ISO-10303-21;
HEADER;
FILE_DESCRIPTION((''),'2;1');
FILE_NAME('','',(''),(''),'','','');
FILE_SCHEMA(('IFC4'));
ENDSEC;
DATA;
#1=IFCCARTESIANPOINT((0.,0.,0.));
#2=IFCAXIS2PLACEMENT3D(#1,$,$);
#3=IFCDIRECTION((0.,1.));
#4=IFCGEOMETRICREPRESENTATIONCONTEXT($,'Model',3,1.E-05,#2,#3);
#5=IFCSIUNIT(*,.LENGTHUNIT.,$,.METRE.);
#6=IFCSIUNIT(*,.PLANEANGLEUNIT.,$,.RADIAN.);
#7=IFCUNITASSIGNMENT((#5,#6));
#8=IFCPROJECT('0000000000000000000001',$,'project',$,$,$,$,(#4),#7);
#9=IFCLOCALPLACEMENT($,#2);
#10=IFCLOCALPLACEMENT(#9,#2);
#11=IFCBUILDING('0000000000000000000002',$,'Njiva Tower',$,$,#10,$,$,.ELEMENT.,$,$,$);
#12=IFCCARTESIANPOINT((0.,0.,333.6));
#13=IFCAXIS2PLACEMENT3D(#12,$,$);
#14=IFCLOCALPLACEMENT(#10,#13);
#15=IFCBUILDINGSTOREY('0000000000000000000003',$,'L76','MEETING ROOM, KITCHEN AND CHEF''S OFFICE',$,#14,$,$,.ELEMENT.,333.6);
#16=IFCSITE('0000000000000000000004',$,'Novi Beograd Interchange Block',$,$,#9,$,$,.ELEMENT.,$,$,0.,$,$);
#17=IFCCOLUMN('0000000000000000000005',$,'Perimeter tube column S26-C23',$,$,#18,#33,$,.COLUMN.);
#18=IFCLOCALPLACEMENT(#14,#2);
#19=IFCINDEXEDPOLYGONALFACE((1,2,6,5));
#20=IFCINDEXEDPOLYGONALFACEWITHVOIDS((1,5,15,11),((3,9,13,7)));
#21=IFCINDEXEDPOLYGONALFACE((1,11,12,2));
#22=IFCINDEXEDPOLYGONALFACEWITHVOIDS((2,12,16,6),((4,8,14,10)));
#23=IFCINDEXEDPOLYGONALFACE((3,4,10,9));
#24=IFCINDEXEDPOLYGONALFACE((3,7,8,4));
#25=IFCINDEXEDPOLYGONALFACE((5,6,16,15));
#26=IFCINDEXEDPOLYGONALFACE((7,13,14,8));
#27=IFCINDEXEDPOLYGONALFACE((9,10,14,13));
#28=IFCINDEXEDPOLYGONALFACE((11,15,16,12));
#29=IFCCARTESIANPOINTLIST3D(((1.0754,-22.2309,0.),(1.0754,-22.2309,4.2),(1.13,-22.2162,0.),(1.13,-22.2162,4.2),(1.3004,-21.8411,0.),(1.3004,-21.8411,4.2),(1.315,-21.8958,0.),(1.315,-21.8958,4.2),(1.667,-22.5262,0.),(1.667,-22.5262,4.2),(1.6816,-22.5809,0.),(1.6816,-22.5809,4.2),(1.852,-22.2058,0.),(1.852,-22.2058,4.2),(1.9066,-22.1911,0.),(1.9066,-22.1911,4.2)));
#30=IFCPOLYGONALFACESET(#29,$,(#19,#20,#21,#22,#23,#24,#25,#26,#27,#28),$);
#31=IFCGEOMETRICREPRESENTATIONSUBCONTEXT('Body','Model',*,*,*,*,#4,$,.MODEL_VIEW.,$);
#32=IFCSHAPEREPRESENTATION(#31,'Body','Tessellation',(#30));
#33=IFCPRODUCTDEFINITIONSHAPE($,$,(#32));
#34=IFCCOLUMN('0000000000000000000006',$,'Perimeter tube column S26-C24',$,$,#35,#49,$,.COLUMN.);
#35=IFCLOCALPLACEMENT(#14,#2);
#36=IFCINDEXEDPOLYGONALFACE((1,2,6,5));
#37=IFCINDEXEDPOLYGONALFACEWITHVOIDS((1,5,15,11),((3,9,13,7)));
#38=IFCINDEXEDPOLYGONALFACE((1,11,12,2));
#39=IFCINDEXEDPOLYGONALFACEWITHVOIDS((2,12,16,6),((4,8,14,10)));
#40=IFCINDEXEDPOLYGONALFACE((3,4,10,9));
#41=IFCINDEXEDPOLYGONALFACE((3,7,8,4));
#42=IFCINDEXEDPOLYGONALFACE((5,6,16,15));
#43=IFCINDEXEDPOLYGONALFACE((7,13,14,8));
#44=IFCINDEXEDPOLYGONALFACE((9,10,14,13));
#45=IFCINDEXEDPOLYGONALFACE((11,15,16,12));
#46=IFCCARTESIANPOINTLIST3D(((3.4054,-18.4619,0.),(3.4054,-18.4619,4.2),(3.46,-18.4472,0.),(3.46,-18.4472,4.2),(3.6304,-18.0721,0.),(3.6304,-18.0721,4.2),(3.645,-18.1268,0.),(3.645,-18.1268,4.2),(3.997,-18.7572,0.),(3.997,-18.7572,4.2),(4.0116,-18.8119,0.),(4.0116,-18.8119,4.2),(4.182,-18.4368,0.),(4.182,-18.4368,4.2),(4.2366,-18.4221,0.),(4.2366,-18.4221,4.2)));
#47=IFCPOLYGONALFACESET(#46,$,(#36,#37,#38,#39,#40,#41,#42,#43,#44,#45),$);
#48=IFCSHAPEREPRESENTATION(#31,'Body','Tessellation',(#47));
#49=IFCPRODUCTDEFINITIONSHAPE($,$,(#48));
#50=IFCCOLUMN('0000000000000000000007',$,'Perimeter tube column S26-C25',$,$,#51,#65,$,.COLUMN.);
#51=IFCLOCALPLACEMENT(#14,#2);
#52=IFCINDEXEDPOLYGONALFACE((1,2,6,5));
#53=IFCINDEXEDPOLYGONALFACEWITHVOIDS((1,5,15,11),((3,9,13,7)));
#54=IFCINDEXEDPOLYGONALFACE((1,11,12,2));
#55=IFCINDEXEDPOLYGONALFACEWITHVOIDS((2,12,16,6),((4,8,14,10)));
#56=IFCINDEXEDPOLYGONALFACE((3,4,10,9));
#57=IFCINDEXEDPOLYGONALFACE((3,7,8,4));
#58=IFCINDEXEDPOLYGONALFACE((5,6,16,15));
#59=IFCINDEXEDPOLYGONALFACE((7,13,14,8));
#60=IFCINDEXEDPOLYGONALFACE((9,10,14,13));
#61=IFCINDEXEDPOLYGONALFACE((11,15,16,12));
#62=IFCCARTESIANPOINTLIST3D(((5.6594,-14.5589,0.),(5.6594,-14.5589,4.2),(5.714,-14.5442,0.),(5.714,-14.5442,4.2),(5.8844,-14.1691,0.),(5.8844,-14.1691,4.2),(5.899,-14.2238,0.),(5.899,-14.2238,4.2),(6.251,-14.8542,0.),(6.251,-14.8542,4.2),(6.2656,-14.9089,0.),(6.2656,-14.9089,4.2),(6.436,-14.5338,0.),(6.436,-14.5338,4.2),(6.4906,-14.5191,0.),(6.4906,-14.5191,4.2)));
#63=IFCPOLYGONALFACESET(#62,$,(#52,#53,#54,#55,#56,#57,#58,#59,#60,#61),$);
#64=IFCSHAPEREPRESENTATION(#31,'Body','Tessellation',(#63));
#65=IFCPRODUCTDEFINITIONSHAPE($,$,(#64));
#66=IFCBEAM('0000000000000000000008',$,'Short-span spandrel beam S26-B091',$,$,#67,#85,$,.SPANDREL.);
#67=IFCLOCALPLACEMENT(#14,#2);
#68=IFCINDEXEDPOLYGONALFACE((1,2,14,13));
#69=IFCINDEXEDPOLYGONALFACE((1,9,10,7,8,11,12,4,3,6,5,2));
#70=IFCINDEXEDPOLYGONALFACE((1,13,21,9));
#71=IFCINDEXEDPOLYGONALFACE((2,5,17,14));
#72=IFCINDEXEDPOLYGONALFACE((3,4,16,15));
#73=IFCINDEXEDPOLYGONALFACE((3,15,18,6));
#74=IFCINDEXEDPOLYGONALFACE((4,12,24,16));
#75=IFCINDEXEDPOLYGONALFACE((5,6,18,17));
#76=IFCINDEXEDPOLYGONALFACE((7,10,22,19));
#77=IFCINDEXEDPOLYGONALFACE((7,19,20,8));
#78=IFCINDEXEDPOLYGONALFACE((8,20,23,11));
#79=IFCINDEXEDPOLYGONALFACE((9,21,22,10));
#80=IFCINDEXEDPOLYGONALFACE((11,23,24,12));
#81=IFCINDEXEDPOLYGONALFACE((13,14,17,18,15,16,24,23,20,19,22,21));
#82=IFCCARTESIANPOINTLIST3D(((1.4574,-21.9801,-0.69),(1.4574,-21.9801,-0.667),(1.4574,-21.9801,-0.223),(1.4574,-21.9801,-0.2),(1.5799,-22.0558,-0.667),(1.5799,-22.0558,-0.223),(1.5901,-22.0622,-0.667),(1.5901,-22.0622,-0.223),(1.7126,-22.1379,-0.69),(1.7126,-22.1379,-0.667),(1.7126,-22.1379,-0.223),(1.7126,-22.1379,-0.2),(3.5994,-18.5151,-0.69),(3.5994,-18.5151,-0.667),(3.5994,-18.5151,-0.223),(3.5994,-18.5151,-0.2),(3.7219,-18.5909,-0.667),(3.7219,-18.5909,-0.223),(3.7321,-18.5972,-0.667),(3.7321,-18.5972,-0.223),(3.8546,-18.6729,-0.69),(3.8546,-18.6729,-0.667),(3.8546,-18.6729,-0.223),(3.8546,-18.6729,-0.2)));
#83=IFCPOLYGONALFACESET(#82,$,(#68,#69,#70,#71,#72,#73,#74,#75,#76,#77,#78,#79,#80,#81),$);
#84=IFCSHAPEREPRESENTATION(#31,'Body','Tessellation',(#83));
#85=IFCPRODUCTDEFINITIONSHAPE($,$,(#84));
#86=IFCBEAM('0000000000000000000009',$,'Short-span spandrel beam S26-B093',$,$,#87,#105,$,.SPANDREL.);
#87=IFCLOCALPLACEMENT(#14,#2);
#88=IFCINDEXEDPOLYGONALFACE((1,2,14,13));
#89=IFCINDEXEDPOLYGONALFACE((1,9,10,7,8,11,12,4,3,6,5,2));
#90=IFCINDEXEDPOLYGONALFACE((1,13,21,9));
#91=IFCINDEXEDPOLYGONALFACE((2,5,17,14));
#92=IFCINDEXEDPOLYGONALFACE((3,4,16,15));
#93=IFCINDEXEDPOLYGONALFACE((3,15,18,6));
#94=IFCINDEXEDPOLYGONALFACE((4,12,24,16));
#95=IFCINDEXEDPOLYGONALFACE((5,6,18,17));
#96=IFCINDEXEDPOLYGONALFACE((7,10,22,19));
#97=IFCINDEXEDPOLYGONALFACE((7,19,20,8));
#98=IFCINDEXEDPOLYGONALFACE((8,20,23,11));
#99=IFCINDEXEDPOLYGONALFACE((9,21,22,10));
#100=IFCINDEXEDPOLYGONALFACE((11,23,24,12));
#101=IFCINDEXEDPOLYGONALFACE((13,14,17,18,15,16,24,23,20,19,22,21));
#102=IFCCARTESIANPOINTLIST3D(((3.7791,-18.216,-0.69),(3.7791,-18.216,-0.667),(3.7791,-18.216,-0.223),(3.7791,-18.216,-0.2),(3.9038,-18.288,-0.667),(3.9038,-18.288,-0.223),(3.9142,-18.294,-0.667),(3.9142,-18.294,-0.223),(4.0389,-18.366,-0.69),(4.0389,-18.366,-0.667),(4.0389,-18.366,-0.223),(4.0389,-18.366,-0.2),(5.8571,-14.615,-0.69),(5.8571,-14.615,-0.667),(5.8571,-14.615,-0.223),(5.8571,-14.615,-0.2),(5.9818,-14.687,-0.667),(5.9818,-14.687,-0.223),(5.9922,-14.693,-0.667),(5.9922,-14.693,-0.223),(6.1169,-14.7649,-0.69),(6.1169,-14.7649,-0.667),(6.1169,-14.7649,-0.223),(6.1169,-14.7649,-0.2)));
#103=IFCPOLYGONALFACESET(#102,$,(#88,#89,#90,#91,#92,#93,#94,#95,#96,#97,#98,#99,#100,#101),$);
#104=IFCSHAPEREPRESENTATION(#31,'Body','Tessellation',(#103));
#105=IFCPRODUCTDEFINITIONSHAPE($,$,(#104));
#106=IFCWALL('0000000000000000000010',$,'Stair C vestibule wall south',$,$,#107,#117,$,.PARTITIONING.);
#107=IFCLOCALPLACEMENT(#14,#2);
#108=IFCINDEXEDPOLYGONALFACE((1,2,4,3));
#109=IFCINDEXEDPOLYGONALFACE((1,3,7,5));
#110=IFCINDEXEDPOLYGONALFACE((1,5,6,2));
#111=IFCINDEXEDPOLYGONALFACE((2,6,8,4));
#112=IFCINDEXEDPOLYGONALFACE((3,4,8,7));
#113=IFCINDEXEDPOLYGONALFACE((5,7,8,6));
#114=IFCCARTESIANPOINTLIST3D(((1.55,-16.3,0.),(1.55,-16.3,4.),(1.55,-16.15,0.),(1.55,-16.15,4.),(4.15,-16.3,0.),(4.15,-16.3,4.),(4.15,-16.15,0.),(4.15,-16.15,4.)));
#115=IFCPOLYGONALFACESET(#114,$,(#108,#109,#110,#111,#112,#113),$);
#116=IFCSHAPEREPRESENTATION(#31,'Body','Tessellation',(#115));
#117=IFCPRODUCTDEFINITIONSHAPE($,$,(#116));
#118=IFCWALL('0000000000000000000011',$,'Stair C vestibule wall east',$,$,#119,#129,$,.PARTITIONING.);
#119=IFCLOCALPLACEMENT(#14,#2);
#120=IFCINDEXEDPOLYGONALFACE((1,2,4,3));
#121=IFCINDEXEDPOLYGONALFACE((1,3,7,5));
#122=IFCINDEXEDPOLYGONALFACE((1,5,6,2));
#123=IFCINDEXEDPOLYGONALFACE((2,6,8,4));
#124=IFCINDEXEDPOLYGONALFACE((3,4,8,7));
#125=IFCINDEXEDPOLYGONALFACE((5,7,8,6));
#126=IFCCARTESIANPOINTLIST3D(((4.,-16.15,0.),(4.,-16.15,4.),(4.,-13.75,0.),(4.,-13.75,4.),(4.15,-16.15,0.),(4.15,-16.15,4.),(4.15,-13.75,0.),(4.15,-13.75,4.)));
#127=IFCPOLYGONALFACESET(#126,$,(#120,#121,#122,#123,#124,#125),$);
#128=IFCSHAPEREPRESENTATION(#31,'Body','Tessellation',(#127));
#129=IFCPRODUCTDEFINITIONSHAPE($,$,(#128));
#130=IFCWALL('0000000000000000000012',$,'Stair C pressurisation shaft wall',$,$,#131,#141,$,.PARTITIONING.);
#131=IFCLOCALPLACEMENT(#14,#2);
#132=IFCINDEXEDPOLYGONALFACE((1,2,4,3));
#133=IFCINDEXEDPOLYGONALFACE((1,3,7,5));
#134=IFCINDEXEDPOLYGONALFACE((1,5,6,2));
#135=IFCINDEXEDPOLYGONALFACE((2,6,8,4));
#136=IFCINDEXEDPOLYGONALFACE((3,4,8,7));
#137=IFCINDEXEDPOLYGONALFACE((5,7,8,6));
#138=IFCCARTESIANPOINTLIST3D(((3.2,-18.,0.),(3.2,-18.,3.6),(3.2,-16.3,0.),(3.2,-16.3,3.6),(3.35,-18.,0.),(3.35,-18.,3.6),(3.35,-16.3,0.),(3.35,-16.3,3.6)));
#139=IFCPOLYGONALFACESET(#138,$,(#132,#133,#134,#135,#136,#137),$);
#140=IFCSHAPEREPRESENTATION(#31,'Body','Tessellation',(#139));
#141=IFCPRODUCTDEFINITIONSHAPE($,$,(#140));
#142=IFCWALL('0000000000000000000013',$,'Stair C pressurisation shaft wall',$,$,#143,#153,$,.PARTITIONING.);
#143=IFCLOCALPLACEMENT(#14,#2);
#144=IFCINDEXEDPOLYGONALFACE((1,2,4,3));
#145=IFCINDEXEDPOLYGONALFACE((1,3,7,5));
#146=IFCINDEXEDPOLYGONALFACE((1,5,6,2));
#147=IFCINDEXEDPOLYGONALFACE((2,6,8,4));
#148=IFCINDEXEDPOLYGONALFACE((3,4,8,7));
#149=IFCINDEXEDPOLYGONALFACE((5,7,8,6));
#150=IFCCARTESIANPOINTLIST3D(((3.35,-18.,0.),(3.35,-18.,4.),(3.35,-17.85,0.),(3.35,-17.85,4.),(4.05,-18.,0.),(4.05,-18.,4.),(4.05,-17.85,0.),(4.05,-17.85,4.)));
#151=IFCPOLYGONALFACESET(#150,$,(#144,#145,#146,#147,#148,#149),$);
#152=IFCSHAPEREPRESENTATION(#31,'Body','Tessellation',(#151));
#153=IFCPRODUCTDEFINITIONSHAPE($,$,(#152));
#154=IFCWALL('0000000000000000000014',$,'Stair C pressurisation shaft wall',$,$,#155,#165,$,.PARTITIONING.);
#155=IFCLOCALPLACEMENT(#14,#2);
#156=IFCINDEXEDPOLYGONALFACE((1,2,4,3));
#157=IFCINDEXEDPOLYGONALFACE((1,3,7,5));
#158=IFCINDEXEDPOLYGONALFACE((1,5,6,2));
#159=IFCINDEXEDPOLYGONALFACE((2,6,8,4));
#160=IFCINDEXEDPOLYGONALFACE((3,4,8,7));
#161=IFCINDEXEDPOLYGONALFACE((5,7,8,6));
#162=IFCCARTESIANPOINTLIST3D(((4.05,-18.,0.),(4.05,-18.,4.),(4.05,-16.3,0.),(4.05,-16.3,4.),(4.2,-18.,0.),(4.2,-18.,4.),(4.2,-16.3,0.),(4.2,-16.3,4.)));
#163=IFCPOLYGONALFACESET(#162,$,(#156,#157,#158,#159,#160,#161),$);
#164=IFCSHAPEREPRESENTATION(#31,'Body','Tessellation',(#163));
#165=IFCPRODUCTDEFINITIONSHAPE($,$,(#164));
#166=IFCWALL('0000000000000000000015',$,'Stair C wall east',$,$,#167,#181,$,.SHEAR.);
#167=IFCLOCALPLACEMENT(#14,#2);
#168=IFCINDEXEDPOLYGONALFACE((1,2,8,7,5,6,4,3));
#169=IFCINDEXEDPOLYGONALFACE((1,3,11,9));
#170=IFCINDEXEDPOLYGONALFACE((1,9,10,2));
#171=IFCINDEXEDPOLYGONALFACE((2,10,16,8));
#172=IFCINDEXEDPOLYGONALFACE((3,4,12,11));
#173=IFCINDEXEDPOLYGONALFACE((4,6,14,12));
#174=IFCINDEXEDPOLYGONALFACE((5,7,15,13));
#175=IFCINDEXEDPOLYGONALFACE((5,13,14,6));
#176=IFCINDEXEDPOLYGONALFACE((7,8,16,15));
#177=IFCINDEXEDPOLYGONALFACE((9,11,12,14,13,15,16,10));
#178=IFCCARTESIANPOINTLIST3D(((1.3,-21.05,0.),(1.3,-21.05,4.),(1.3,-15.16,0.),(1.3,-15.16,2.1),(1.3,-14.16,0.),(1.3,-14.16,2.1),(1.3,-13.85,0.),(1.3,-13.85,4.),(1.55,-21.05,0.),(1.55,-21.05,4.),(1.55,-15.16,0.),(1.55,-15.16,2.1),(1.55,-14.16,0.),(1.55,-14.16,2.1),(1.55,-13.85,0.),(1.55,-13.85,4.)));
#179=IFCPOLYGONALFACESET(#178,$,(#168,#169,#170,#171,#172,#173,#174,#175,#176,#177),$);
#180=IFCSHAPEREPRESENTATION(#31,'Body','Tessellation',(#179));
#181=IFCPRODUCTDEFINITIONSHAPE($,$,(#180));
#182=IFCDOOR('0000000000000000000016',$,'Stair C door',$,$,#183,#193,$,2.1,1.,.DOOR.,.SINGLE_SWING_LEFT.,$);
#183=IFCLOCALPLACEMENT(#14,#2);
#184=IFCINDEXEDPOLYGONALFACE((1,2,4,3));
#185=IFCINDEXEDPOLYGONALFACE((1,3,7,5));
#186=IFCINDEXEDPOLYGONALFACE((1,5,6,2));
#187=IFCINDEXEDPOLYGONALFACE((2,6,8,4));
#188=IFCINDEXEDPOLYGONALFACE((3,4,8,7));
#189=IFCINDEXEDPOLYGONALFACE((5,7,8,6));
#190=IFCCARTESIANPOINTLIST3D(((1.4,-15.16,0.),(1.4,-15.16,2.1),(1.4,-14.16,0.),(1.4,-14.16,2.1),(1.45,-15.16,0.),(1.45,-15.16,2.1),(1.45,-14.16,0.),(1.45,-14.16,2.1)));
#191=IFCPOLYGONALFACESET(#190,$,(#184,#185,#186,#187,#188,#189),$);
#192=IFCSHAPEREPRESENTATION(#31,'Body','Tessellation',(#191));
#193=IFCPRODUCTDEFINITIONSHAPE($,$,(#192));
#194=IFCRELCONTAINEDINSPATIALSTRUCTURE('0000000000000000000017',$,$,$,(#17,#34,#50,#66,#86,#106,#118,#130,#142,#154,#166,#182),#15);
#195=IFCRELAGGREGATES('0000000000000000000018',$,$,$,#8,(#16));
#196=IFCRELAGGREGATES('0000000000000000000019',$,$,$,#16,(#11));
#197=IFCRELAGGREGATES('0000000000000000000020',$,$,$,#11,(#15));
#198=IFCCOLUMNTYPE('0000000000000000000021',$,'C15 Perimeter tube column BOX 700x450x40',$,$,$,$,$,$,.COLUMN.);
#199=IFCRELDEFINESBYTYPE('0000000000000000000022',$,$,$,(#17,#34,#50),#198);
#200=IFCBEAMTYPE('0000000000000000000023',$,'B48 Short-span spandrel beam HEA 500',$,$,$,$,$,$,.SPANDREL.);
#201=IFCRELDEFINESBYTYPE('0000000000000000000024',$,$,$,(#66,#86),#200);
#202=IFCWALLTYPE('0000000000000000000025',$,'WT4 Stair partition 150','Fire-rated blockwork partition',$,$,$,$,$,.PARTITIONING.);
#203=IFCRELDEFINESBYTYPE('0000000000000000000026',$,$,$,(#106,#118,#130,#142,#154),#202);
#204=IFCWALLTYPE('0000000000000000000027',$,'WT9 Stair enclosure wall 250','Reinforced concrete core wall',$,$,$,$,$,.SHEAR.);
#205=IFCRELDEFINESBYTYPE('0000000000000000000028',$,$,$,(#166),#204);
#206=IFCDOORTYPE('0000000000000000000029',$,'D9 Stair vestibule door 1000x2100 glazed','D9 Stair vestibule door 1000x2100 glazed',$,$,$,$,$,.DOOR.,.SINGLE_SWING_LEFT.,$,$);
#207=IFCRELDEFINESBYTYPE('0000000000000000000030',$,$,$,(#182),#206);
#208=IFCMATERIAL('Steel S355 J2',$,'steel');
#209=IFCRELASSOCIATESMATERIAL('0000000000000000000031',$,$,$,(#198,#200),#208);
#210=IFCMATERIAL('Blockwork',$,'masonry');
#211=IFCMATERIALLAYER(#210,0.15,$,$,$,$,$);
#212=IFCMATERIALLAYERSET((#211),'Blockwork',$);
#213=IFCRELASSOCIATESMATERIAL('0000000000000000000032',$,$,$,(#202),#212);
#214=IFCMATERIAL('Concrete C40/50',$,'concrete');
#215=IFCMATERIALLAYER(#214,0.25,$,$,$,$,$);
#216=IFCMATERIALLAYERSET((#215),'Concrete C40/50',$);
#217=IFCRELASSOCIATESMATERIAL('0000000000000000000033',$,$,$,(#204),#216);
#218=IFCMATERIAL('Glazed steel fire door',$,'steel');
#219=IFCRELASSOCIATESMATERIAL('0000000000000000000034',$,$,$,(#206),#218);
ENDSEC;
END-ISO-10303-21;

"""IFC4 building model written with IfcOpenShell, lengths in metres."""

from ifc_helpers import new_model, si_unit, direction, frame, frame_2d, origin, origin_2d, place, context, subcontext, project, spatial, rectangle, hollow_rectangle, i_section, extrude, material, layer, layer_set, material_profile, profile_set, type_object, element, fill, save


model = new_model("IFC4")

# Units and contexts
model_context = context("Model", 3, precision=1e-05, world=origin(), true_north=direction((0.0, 1.0)))
body_context = subcontext(model_context, "Body", "Model", "MODEL_VIEW")
ifc_project = project(units=[si_unit("LENGTHUNIT", "METRE"), si_unit("PLANEANGLEUNIT", "RADIAN")], contexts=[model_context])

# Site, building, storey
site_placement = place(None, origin())
site = spatial("IfcSite", under=ifc_project, at=site_placement, Name="Novi Beograd Interchange Block", CompositionType="ELEMENT", RefElevation=0.0)
building_placement = place(site_placement, origin())
building = spatial("IfcBuilding", under=site, at=building_placement, Name="Njiva Tower", CompositionType="ELEMENT")
storey_placement = place(building_placement, frame((0.0, 0.0, 333.6)))
storey = spatial("IfcBuildingStorey", under=building, at=storey_placement, Name="L76", Description="MEETING ROOM, KITCHEN AND CHEF'S OFFICE", CompositionType="ELEMENT", Elevation=333.6)

# Columns
ifc_material_1 = material(Name="Steel S355 J2", Category="steel")
ifc_material_profile_1 = material_profile(ifc_material_1, hollow_rectangle(XDim=0.45, YDim=0.7, WallThickness=0.04, at=origin_2d()), Name="BOX 700x450x40")
ifc_profile_set_1 = profile_set([ifc_material_profile_1], Name="Steel S355 J2")
column_type = type_object("IfcColumnType", Name="C15 Perimeter tube column BOX 700x450x40", PredefinedType="COLUMN", material=ifc_profile_set_1)
for number, where, z_axis, x_axis, name in (
    (1, (1.491, -22.211, 0.0), (0.0, 0.0, 1.0), (0.5, 0.866025, 0.0), "Perimeter tube column S26-C23"),
    (2, (3.821, -18.442, 0.0), (0.0, 0.0, 1.0), (0.5, 0.866025, 0.0), "Perimeter tube column S26-C24"),
    (3, (6.075, -14.539, 0.0), (0.0, 0.0, 1.0), (0.5, 0.866025, 0.0), "Perimeter tube column S26-C25"),
):
    element("IfcColumn", number, at=place(storey_placement, frame(where, z_axis=z_axis, x_axis=x_axis)), inside=storey, type_object=column_type, Name=name, PredefinedType="COLUMN", context=body_context, shape_type="SweptSolid", body=[
        extrude(hollow_rectangle(XDim=0.45, YDim=0.7, WallThickness=0.04, at=origin_2d()), origin(), (0.0, 0.0, 1.0), 4.2),
    ])

# Beams
ifc_material_profile_2 = material_profile(ifc_material_1, i_section(OverallWidth=0.3, OverallDepth=0.49, WebThickness=0.012, FlangeThickness=0.023, at=origin_2d()), Name="HEA 500")
ifc_profile_set_2 = profile_set([ifc_material_profile_2], Name="Steel S355 J2")
beam_type = type_object("IfcBeamType", Name="B48 Short-span spandrel beam HEA 500", PredefinedType="SPANDREL", material=ifc_profile_set_2)
beam_1_placement = place(storey_placement, frame((1.585, -22.059, -0.445), z_axis=(0.525822, 0.850595, 0.0), x_axis=(-0.850595, 0.525822, 0.0)))
element("IfcBeam", 4, at=beam_1_placement, inside=storey, type_object=beam_type, Name="Short-span spandrel beam S26-B091", PredefinedType="SPANDREL", context=body_context, shape_type="SweptSolid", body=[
    extrude(i_section(OverallWidth=0.3, OverallDepth=0.49, WebThickness=0.012, FlangeThickness=0.023, at=origin_2d()), origin(), (0.0, 0.0, 1.0), 4.0736),
])
beam_2_placement = place(storey_placement, frame((3.909, -18.291, -0.445), z_axis=(0.499813, 0.866134, 0.0), x_axis=(-0.866134, 0.499813, 0.0)))
element("IfcBeam", 5, at=beam_2_placement, inside=storey, type_object=beam_type, Name="Short-span spandrel beam S26-B093", PredefinedType="SPANDREL", context=body_context, shape_type="SweptSolid", body=[
    extrude(i_section(OverallWidth=0.3, OverallDepth=0.49, WebThickness=0.012, FlangeThickness=0.023, at=origin_2d()), origin(), (0.0, 0.0, 1.0), 4.1576),
])

# Walls
ifc_material_2 = material(Name="Blockwork", Category="masonry")
ifc_layer_1 = layer(ifc_material_2, 0.15)
ifc_layer_set_1 = layer_set([ifc_layer_1], Name="Blockwork")
wall_type_1 = type_object("IfcWallType", Name="WT4 Stair partition 150", Description="Fire-rated blockwork partition", PredefinedType="PARTITIONING", material=ifc_layer_set_1)
wall_1_placement = place(storey_placement, frame((1.55, -16.225, 0.0), z_axis=(0.0, 0.0, 1.0), x_axis=(1.0, 0.0, 0.0)))
element("IfcWall", 6, at=wall_1_placement, inside=storey, type_object=wall_type_1, Name="Stair C vestibule wall south", PredefinedType="PARTITIONING", context=body_context, shape_type="SweptSolid", body=[
    extrude(rectangle(XDim=2.6, YDim=0.15, at=frame_2d((1.3, 0.0))), origin(), (0.0, 0.0, 1.0), 4.0),
])
wall_2_placement = place(storey_placement, frame((4.075, -16.15, 0.0), z_axis=(0.0, 0.0, 1.0), x_axis=(0.0, 1.0, 0.0)))
element("IfcWall", 7, at=wall_2_placement, inside=storey, type_object=wall_type_1, Name="Stair C vestibule wall east", PredefinedType="PARTITIONING", context=body_context, shape_type="SweptSolid", body=[
    extrude(rectangle(XDim=2.4, YDim=0.15, at=frame_2d((1.2, 0.0))), origin(), (0.0, 0.0, 1.0), 4.0),
])
wall_3_placement = place(storey_placement, frame((3.275, -18.0, 0.0), z_axis=(0.0, 0.0, 1.0), x_axis=(0.0, 1.0, 0.0)))
element("IfcWall", 8, at=wall_3_placement, inside=storey, type_object=wall_type_1, Name="Stair C pressurisation shaft wall", PredefinedType="PARTITIONING", context=body_context, shape_type="SweptSolid", body=[
    extrude(rectangle(XDim=1.7, YDim=0.15, at=frame_2d((0.85, 0.0))), origin(), (0.0, 0.0, 1.0), 3.6),
])
wall_4_placement = place(storey_placement, frame((3.35, -17.925, 0.0), z_axis=(0.0, 0.0, 1.0), x_axis=(1.0, 0.0, 0.0)))
element("IfcWall", 9, at=wall_4_placement, inside=storey, type_object=wall_type_1, Name="Stair C pressurisation shaft wall", PredefinedType="PARTITIONING", context=body_context, shape_type="SweptSolid", body=[
    extrude(rectangle(XDim=0.7, YDim=0.15, at=frame_2d((0.35, 0.0))), origin(), (0.0, 0.0, 1.0), 4.0),
])
wall_5_placement = place(storey_placement, frame((4.125, -18.0, 0.0), z_axis=(0.0, 0.0, 1.0), x_axis=(0.0, 1.0, 0.0)))
element("IfcWall", 10, at=wall_5_placement, inside=storey, type_object=wall_type_1, Name="Stair C pressurisation shaft wall", PredefinedType="PARTITIONING", context=body_context, shape_type="SweptSolid", body=[
    extrude(rectangle(XDim=1.7, YDim=0.15, at=frame_2d((0.85, 0.0))), origin(), (0.0, 0.0, 1.0), 4.0),
])

# Wall, opening, door
ifc_material_3 = material(Name="Concrete C40/50", Category="concrete")
ifc_layer_2 = layer(ifc_material_3, 0.25)
ifc_layer_set_2 = layer_set([ifc_layer_2], Name="Concrete C40/50")
wall_type_2 = type_object("IfcWallType", Name="WT9 Stair enclosure wall 250", Description="Reinforced concrete core wall", PredefinedType="SHEAR", material=ifc_layer_set_2)
wall_6_placement = place(storey_placement, frame((1.425, -21.05, 0.0), z_axis=(0.0, 0.0, 1.0), x_axis=(0.0, 1.0, 0.0)))
wall_6 = element("IfcWall", 11, at=wall_6_placement, inside=storey, type_object=wall_type_2, Name="Stair C wall east", PredefinedType="SHEAR", context=body_context, shape_type="SweptSolid", body=[
    extrude(rectangle(XDim=7.2, YDim=0.25, at=frame_2d((3.6, 0.0))), origin(), (0.0, 0.0, 1.0), 4.0),
])
opening_1_placement = place(wall_6_placement, frame((5.89, 0.0, 0.0)))
opening_1 = element("IfcOpeningElement", 12, at=opening_1_placement, cuts=wall_6, PredefinedType="OPENING", context=body_context, shape_type="SweptSolid", body=[
    extrude(rectangle(XDim=1.0, YDim=2.1, at=frame_2d((0.5, 1.05))), frame((0.0, 0.135, 0.0), z_axis=(0.0, -1.0, 0.0), x_axis=(1.0, 0.0, 0.0)), (0.0, 0.0, 1.0), 0.27),
])
ifc_material_4 = material(Name="Glazed steel fire door", Category="steel")
door_type = type_object("IfcDoorType", Name="D9 Stair vestibule door 1000x2100 glazed", Description="D9 Stair vestibule door 1000x2100 glazed", OperationType="SINGLE_SWING_LEFT", PredefinedType="DOOR", material=ifc_material_4)
door_placement = place(opening_1_placement, origin())
door = element("IfcDoor", 13, at=door_placement, inside=storey, type_object=door_type, Name="Stair C door", OperationType="SINGLE_SWING_LEFT", OverallHeight=2.1, OverallWidth=1.0, PredefinedType="DOOR", context=body_context, shape_type="SweptSolid", body=[
    extrude(rectangle(XDim=1.0, YDim=2.1, at=frame_2d((0.5, 1.05))), frame((0.0, 0.025, 0.0), z_axis=(0.0, -1.0, 0.0), x_axis=(1.0, 0.0, 0.0)), (0.0, 0.0, 1.0), 0.05),
])
fill(opening_1, door)

save(model, "model.ifc")
